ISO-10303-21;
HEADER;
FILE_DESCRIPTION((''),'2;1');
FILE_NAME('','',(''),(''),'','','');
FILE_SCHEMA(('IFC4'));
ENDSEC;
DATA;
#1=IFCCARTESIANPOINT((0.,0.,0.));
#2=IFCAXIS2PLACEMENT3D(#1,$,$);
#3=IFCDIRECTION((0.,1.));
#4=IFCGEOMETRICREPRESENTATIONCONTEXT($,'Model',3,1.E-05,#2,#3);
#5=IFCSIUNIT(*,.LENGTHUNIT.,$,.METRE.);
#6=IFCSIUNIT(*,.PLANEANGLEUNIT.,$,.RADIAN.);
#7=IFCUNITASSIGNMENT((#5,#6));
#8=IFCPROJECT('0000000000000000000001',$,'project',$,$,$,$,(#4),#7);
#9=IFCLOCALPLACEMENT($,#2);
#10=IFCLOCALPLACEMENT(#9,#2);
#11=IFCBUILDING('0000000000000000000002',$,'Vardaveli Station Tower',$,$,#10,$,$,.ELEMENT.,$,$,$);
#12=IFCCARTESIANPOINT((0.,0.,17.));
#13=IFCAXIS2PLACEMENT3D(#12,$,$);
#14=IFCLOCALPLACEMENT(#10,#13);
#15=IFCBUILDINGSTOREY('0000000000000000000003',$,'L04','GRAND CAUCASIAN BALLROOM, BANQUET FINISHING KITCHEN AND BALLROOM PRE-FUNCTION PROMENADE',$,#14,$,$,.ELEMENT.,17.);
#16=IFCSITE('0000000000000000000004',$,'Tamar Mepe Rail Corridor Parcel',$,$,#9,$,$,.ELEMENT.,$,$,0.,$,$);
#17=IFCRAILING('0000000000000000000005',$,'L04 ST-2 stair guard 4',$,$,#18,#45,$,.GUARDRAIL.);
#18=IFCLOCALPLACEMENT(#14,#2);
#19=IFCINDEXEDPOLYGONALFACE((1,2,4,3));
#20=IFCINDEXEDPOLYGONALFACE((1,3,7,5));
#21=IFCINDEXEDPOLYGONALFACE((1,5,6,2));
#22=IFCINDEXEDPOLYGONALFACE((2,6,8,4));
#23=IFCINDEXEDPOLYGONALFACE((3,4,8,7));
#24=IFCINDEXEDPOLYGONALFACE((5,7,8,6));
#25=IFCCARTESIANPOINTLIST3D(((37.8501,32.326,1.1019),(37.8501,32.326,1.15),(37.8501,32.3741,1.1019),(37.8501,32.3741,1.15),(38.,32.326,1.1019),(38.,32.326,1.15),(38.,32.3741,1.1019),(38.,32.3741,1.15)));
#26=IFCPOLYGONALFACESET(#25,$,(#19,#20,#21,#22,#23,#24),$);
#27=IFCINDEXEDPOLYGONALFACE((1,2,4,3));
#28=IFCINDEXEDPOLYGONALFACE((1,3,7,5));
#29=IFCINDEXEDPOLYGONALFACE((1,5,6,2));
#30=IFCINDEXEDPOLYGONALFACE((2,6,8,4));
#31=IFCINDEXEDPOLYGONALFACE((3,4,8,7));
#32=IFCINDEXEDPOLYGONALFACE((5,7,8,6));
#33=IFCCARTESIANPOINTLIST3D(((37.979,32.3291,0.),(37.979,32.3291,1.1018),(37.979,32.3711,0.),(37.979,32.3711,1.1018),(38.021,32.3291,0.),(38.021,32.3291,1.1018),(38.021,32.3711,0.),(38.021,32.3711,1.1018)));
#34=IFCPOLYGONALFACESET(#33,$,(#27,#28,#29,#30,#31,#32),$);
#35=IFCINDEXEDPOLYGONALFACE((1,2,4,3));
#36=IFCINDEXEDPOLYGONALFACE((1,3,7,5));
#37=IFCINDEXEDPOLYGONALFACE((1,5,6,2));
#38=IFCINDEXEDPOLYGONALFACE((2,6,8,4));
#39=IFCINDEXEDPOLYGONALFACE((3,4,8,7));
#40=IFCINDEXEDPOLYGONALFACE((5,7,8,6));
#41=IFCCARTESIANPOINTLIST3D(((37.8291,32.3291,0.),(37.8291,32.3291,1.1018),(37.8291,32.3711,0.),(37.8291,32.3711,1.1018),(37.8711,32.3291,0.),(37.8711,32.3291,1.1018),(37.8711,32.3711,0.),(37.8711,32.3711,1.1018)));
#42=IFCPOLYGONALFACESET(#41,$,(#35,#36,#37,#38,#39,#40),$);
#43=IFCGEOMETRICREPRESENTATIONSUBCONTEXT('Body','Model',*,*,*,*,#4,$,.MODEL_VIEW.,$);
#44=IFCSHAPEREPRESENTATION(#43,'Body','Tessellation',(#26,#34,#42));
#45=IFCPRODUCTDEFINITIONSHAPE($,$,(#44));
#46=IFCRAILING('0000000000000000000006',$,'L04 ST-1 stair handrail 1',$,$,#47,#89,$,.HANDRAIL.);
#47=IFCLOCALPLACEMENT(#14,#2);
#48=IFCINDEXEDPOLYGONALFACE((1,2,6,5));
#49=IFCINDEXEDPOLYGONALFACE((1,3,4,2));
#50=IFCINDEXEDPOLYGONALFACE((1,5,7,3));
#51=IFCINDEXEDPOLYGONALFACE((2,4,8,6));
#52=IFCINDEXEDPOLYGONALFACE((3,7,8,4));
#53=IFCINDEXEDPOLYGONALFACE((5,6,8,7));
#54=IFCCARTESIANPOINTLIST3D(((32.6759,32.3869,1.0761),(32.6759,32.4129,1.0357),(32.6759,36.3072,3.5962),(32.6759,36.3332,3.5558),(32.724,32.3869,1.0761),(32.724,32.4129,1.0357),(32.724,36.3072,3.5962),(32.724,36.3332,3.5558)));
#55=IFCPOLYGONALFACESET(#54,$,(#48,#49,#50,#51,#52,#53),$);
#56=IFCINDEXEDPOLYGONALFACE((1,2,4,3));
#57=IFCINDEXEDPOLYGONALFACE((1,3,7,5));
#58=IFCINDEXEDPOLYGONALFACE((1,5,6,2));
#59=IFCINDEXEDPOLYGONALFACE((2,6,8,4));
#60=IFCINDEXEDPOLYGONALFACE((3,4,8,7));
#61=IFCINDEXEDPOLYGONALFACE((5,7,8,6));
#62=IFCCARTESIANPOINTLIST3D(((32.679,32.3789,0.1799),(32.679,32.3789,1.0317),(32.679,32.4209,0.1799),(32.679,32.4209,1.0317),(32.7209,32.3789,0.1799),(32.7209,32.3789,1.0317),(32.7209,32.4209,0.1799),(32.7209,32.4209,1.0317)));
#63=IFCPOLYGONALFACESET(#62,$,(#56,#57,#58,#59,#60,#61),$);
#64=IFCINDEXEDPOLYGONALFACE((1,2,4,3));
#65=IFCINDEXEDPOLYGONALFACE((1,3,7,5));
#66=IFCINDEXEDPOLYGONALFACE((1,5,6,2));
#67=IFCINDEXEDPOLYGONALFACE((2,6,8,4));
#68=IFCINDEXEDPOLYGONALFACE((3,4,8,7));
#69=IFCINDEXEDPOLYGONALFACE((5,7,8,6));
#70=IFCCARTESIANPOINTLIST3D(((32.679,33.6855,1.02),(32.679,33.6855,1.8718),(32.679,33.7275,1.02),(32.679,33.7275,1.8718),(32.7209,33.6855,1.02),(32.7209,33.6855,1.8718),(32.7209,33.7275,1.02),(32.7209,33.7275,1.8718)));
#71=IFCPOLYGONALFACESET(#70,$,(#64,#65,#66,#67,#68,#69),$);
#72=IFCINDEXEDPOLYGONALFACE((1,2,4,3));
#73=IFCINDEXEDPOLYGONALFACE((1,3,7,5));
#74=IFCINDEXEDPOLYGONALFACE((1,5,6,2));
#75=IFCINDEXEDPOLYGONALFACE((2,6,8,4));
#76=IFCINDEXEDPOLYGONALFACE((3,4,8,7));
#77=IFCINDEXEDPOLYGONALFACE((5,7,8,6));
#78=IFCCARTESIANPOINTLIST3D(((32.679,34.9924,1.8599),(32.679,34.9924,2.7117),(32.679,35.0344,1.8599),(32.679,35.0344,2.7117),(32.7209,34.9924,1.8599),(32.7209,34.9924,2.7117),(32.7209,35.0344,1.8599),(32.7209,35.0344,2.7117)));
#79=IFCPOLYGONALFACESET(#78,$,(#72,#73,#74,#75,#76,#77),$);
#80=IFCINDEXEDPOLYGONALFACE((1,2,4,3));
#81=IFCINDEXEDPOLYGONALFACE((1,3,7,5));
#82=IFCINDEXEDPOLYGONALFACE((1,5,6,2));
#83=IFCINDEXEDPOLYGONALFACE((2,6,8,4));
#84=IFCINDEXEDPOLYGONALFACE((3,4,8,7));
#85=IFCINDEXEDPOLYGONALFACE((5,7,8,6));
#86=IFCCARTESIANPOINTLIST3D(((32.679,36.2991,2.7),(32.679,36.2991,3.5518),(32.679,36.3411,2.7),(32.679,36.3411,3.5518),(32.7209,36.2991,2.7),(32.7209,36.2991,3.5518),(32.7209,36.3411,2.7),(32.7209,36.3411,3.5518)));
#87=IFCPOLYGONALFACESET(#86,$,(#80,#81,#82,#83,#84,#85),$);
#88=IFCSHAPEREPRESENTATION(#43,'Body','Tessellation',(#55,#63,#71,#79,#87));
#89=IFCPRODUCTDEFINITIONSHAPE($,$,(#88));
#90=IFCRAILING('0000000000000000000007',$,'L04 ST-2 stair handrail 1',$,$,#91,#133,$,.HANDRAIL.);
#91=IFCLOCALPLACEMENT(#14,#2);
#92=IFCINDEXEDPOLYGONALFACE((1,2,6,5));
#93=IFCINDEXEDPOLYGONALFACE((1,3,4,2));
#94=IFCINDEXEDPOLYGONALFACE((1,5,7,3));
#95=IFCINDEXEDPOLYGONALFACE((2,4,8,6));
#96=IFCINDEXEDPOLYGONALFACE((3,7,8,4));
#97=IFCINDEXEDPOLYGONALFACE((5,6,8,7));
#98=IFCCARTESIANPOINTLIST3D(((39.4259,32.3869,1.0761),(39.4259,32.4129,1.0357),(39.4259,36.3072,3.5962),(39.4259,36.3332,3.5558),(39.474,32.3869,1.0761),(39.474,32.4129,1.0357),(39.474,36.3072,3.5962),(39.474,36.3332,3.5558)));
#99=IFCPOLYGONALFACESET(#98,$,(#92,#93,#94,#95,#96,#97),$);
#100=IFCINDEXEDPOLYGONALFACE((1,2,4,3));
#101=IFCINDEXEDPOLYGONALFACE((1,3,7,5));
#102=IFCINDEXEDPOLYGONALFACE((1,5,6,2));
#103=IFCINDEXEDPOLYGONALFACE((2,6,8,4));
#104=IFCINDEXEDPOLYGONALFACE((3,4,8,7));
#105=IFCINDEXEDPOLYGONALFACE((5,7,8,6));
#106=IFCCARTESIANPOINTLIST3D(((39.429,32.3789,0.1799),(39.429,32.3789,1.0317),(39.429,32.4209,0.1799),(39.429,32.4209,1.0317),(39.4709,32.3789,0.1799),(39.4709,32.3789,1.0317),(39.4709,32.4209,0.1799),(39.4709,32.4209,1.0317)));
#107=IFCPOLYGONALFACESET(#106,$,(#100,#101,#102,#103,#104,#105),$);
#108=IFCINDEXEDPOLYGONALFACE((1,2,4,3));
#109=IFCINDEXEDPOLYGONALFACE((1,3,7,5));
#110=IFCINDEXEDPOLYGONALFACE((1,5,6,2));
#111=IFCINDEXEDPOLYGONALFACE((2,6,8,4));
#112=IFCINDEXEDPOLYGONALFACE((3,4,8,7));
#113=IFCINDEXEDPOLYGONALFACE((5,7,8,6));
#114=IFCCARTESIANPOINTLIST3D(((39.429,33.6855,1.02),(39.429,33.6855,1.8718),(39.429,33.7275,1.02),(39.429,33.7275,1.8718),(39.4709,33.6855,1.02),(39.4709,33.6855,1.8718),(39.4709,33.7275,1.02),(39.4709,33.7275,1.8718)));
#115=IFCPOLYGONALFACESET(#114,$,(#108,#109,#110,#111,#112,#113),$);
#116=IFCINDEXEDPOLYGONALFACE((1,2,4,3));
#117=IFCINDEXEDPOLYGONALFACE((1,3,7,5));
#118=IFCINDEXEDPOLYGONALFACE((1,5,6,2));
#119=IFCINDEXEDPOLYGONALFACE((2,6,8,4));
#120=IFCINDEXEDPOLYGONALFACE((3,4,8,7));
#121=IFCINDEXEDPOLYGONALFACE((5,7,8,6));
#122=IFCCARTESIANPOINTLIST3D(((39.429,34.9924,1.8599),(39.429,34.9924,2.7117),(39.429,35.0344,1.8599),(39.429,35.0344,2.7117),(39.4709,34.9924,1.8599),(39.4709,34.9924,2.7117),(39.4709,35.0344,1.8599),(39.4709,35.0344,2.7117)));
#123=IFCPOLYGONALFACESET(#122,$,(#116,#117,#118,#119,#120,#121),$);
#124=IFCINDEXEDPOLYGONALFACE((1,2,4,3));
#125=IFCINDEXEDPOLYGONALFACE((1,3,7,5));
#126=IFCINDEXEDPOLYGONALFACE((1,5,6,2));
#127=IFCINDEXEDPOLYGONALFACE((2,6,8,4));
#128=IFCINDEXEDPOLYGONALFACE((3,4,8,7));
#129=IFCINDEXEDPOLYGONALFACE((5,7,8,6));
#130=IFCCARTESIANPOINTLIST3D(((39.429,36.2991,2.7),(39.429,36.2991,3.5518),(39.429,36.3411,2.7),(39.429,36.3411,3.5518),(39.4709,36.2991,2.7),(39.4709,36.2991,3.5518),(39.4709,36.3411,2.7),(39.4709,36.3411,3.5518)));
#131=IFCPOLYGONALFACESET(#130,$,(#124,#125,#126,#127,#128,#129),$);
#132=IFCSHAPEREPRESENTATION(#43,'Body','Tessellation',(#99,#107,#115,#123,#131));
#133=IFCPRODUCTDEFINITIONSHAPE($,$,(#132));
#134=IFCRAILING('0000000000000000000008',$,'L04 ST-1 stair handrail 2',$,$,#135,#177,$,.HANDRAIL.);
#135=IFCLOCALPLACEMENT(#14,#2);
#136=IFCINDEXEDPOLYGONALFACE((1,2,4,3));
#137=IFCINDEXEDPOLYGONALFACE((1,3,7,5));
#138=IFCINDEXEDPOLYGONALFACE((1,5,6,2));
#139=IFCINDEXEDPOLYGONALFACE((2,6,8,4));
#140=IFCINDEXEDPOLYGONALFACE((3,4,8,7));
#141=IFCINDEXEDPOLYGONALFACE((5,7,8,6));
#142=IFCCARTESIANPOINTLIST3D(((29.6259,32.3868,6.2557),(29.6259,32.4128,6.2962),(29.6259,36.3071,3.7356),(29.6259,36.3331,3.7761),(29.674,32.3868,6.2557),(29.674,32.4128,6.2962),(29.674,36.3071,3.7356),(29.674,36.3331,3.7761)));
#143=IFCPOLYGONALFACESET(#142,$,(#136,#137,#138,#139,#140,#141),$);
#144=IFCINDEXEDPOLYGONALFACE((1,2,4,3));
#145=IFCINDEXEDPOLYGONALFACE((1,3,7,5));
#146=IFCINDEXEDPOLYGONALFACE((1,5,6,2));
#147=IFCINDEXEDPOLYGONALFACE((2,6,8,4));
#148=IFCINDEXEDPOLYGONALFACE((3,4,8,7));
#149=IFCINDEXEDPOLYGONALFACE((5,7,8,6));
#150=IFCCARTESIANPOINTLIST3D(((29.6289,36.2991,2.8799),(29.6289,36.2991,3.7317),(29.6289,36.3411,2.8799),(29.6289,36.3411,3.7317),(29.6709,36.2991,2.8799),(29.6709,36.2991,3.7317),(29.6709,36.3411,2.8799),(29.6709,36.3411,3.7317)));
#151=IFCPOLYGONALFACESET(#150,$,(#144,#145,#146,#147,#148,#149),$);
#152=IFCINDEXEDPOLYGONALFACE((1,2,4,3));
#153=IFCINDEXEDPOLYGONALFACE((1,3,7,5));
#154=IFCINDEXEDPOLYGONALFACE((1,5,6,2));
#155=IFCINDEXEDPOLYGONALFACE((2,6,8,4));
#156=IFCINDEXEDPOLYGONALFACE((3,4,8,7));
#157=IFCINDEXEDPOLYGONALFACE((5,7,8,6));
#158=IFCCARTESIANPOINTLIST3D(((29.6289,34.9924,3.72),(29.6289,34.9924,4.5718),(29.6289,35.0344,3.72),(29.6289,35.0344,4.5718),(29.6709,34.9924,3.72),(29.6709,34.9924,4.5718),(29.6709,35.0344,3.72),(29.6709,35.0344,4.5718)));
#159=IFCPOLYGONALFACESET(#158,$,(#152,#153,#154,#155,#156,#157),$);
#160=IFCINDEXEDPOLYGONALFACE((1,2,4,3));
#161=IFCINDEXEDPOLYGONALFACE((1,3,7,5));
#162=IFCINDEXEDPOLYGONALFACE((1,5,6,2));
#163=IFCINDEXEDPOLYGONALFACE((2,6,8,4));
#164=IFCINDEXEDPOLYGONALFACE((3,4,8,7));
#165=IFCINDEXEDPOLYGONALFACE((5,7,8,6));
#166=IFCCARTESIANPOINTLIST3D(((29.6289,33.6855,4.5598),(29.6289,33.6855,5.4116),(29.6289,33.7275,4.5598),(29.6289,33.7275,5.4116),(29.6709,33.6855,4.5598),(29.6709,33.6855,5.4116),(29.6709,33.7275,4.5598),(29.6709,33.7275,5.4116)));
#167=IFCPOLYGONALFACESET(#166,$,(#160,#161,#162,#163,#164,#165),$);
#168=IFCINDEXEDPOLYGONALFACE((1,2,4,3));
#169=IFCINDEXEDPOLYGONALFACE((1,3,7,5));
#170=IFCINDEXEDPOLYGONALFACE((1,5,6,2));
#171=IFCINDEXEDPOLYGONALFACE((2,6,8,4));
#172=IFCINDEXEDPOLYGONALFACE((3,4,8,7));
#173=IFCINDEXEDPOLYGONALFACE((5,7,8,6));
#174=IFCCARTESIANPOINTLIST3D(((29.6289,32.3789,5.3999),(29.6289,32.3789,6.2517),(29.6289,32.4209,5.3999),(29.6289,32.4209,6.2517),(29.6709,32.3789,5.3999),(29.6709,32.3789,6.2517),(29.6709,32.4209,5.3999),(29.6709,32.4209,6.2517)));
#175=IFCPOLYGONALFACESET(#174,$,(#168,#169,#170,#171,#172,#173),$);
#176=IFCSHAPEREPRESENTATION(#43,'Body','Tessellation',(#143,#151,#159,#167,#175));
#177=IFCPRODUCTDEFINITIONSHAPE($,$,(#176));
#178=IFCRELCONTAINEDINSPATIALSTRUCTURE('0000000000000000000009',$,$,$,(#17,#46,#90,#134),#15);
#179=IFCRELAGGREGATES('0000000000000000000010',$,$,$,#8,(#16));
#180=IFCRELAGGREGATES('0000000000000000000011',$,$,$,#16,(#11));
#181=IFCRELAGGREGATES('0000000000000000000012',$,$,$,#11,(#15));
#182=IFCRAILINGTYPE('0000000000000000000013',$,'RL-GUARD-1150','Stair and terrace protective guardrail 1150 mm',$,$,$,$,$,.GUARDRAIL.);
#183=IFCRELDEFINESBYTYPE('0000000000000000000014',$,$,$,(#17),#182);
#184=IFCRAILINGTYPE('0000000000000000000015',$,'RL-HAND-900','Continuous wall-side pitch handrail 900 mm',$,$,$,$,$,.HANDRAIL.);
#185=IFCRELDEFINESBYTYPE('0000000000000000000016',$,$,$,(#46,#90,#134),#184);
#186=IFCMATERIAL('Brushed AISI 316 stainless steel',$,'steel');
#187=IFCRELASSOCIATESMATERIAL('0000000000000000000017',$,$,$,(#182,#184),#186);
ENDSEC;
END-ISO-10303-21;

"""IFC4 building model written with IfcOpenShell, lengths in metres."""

from ifc_helpers import new_model, si_unit, direction, frame, origin, origin_2d, place, context, subcontext, project, spatial, rectangle, extrude, source, transform, mapped, material, type_object, element, save


model = new_model("IFC4")

# Units and contexts
model_context = context("Model", 3, precision=1e-05, world=origin(), true_north=direction((0.0, 1.0)))
body_context = subcontext(model_context, "Body", "Model", "MODEL_VIEW")
ifc_project = project(units=[si_unit("LENGTHUNIT", "METRE"), si_unit("PLANEANGLEUNIT", "RADIAN")], contexts=[model_context])

# Site, building, storey
site_placement = place(None, origin())
site = spatial("IfcSite", under=ifc_project, at=site_placement, Name="Tamar Mepe Rail Corridor Parcel", CompositionType="ELEMENT", RefElevation=0.0)
building_placement = place(site_placement, origin())
building = spatial("IfcBuilding", under=site, at=building_placement, Name="Vardaveli Station Tower", CompositionType="ELEMENT")
storey_placement = place(building_placement, frame((0.0, 0.0, 17.0)))
storey = spatial("IfcBuildingStorey", under=building, at=storey_placement, Name="L04", Description="GRAND CAUCASIAN BALLROOM, BANQUET FINISHING KITCHEN AND BALLROOM PRE-FUNCTION PROMENADE", CompositionType="ELEMENT", Elevation=17.0)

# Railings
ifc_material_1 = material(Name="Brushed AISI 316 stainless steel", Category="steel")
railing_type_1 = type_object("IfcRailingType", Name="RL-GUARD-1150", Description="Stair and terrace protective guardrail 1150 mm", PredefinedType="GUARDRAIL", material=ifc_material_1)
shared_shape_1 = source(origin(), body_context, "Body", "SweptSolid", [
    extrude(rectangle(XDim=0.0481, YDim=0.0481, at=origin_2d()), frame((0.0, 0.0, 1.126), z_axis=(-1.0, 0.0, 0.0), x_axis=(0.0, -1.0, 0.0)), (0.0, 0.0, 1.0), 0.1499),
    extrude(rectangle(XDim=0.042, YDim=0.042, at=origin_2d()), origin(), (0.0, 0.0, 1.0), 1.1018),
    extrude(rectangle(XDim=0.042, YDim=0.042, at=origin_2d()), frame((-0.1499, 0.0, 0.0)), (0.0, 0.0, 1.0), 1.1018),
])
for number, where, name in (
    (1, (38.0, 32.3501, 0.0), "L04 ST-2 stair guard 4"),
):
    element("IfcRailing", number, at=place(storey_placement, frame(where)), inside=storey, type_object=railing_type_1, Name=name, PredefinedType="GUARDRAIL", context=body_context, shape_type="MappedRepresentation", body=[
        mapped(shared_shape_1, transform((0.0, 0.0, 0.0), scale=1.0)),
    ])
railing_type_2 = type_object("IfcRailingType", Name="RL-HAND-900", Description="Continuous wall-side pitch handrail 900 mm", PredefinedType="HANDRAIL", material=ifc_material_1)
shared_shape_2 = source(origin(), body_context, "Body", "SweptSolid", [
    extrude(rectangle(XDim=0.0481, YDim=0.0481, at=origin_2d()), frame((0.0, 0.0, 0.876), z_axis=(0.0, 0.841187, 0.540744), x_axis=(-1.0, 0.0, 0.0)), (0.0, 0.0, 1.0), 4.6604),
    extrude(rectangle(XDim=0.042, YDim=0.042, at=origin_2d()), origin(), (0.0, 0.0, 1.0), 0.8518),
    extrude(rectangle(XDim=0.042, YDim=0.042, at=origin_2d()), frame((0.0, 1.3066, 0.8401)), (0.0, 0.0, 1.0), 0.8518),
    extrude(rectangle(XDim=0.042, YDim=0.042, at=origin_2d()), frame((0.0, 2.6135, 1.6799)), (0.0, 0.0, 1.0), 0.8518),
    extrude(rectangle(XDim=0.042, YDim=0.042, at=origin_2d()), frame((0.0, 3.9202, 2.52)), (0.0, 0.0, 1.0), 0.8518),
])
for number, where, name in (
    (2, (32.7, 32.3999, 0.1799), "L04 ST-1 stair handrail 1"),
    (3, (39.45, 32.3999, 0.1799), "L04 ST-2 stair handrail 1"),
):
    element("IfcRailing", number, at=place(storey_placement, frame(where)), inside=storey, type_object=railing_type_2, Name=name, PredefinedType="HANDRAIL", context=body_context, shape_type="MappedRepresentation", body=[
        mapped(shared_shape_2, transform((0.0, 0.0, 0.0), scale=1.0)),
    ])
shared_shape_3 = source(origin(), body_context, "Body", "SweptSolid", [
    extrude(rectangle(XDim=0.0481, YDim=0.0481, at=origin_2d()), frame((0.0, 0.0, 0.876), z_axis=(0.0, -0.841187, 0.540744), x_axis=(1.0, 0.0, 0.0)), (0.0, 0.0, 1.0), 4.6604),
    extrude(rectangle(XDim=0.042, YDim=0.042, at=origin_2d()), origin(), (0.0, 0.0, 1.0), 0.8518),
    extrude(rectangle(XDim=0.042, YDim=0.042, at=origin_2d()), frame((0.0, -1.3066, 0.8401)), (0.0, 0.0, 1.0), 0.8518),
    extrude(rectangle(XDim=0.042, YDim=0.042, at=origin_2d()), frame((0.0, -2.6135, 1.6799)), (0.0, 0.0, 1.0), 0.8518),
    extrude(rectangle(XDim=0.042, YDim=0.042, at=origin_2d()), frame((0.0, -3.9202, 2.52)), (0.0, 0.0, 1.0), 0.8518),
])
railing_placement = place(storey_placement, frame((29.6499, 36.3201, 2.8799)))
element("IfcRailing", 4, at=railing_placement, inside=storey, type_object=railing_type_2, Name="L04 ST-1 stair handrail 2", PredefinedType="HANDRAIL", context=body_context, shape_type="MappedRepresentation", body=[
    mapped(shared_shape_3, transform((0.0, 0.0, 0.0), scale=1.0)),
])

save(model, "model.ifc")
